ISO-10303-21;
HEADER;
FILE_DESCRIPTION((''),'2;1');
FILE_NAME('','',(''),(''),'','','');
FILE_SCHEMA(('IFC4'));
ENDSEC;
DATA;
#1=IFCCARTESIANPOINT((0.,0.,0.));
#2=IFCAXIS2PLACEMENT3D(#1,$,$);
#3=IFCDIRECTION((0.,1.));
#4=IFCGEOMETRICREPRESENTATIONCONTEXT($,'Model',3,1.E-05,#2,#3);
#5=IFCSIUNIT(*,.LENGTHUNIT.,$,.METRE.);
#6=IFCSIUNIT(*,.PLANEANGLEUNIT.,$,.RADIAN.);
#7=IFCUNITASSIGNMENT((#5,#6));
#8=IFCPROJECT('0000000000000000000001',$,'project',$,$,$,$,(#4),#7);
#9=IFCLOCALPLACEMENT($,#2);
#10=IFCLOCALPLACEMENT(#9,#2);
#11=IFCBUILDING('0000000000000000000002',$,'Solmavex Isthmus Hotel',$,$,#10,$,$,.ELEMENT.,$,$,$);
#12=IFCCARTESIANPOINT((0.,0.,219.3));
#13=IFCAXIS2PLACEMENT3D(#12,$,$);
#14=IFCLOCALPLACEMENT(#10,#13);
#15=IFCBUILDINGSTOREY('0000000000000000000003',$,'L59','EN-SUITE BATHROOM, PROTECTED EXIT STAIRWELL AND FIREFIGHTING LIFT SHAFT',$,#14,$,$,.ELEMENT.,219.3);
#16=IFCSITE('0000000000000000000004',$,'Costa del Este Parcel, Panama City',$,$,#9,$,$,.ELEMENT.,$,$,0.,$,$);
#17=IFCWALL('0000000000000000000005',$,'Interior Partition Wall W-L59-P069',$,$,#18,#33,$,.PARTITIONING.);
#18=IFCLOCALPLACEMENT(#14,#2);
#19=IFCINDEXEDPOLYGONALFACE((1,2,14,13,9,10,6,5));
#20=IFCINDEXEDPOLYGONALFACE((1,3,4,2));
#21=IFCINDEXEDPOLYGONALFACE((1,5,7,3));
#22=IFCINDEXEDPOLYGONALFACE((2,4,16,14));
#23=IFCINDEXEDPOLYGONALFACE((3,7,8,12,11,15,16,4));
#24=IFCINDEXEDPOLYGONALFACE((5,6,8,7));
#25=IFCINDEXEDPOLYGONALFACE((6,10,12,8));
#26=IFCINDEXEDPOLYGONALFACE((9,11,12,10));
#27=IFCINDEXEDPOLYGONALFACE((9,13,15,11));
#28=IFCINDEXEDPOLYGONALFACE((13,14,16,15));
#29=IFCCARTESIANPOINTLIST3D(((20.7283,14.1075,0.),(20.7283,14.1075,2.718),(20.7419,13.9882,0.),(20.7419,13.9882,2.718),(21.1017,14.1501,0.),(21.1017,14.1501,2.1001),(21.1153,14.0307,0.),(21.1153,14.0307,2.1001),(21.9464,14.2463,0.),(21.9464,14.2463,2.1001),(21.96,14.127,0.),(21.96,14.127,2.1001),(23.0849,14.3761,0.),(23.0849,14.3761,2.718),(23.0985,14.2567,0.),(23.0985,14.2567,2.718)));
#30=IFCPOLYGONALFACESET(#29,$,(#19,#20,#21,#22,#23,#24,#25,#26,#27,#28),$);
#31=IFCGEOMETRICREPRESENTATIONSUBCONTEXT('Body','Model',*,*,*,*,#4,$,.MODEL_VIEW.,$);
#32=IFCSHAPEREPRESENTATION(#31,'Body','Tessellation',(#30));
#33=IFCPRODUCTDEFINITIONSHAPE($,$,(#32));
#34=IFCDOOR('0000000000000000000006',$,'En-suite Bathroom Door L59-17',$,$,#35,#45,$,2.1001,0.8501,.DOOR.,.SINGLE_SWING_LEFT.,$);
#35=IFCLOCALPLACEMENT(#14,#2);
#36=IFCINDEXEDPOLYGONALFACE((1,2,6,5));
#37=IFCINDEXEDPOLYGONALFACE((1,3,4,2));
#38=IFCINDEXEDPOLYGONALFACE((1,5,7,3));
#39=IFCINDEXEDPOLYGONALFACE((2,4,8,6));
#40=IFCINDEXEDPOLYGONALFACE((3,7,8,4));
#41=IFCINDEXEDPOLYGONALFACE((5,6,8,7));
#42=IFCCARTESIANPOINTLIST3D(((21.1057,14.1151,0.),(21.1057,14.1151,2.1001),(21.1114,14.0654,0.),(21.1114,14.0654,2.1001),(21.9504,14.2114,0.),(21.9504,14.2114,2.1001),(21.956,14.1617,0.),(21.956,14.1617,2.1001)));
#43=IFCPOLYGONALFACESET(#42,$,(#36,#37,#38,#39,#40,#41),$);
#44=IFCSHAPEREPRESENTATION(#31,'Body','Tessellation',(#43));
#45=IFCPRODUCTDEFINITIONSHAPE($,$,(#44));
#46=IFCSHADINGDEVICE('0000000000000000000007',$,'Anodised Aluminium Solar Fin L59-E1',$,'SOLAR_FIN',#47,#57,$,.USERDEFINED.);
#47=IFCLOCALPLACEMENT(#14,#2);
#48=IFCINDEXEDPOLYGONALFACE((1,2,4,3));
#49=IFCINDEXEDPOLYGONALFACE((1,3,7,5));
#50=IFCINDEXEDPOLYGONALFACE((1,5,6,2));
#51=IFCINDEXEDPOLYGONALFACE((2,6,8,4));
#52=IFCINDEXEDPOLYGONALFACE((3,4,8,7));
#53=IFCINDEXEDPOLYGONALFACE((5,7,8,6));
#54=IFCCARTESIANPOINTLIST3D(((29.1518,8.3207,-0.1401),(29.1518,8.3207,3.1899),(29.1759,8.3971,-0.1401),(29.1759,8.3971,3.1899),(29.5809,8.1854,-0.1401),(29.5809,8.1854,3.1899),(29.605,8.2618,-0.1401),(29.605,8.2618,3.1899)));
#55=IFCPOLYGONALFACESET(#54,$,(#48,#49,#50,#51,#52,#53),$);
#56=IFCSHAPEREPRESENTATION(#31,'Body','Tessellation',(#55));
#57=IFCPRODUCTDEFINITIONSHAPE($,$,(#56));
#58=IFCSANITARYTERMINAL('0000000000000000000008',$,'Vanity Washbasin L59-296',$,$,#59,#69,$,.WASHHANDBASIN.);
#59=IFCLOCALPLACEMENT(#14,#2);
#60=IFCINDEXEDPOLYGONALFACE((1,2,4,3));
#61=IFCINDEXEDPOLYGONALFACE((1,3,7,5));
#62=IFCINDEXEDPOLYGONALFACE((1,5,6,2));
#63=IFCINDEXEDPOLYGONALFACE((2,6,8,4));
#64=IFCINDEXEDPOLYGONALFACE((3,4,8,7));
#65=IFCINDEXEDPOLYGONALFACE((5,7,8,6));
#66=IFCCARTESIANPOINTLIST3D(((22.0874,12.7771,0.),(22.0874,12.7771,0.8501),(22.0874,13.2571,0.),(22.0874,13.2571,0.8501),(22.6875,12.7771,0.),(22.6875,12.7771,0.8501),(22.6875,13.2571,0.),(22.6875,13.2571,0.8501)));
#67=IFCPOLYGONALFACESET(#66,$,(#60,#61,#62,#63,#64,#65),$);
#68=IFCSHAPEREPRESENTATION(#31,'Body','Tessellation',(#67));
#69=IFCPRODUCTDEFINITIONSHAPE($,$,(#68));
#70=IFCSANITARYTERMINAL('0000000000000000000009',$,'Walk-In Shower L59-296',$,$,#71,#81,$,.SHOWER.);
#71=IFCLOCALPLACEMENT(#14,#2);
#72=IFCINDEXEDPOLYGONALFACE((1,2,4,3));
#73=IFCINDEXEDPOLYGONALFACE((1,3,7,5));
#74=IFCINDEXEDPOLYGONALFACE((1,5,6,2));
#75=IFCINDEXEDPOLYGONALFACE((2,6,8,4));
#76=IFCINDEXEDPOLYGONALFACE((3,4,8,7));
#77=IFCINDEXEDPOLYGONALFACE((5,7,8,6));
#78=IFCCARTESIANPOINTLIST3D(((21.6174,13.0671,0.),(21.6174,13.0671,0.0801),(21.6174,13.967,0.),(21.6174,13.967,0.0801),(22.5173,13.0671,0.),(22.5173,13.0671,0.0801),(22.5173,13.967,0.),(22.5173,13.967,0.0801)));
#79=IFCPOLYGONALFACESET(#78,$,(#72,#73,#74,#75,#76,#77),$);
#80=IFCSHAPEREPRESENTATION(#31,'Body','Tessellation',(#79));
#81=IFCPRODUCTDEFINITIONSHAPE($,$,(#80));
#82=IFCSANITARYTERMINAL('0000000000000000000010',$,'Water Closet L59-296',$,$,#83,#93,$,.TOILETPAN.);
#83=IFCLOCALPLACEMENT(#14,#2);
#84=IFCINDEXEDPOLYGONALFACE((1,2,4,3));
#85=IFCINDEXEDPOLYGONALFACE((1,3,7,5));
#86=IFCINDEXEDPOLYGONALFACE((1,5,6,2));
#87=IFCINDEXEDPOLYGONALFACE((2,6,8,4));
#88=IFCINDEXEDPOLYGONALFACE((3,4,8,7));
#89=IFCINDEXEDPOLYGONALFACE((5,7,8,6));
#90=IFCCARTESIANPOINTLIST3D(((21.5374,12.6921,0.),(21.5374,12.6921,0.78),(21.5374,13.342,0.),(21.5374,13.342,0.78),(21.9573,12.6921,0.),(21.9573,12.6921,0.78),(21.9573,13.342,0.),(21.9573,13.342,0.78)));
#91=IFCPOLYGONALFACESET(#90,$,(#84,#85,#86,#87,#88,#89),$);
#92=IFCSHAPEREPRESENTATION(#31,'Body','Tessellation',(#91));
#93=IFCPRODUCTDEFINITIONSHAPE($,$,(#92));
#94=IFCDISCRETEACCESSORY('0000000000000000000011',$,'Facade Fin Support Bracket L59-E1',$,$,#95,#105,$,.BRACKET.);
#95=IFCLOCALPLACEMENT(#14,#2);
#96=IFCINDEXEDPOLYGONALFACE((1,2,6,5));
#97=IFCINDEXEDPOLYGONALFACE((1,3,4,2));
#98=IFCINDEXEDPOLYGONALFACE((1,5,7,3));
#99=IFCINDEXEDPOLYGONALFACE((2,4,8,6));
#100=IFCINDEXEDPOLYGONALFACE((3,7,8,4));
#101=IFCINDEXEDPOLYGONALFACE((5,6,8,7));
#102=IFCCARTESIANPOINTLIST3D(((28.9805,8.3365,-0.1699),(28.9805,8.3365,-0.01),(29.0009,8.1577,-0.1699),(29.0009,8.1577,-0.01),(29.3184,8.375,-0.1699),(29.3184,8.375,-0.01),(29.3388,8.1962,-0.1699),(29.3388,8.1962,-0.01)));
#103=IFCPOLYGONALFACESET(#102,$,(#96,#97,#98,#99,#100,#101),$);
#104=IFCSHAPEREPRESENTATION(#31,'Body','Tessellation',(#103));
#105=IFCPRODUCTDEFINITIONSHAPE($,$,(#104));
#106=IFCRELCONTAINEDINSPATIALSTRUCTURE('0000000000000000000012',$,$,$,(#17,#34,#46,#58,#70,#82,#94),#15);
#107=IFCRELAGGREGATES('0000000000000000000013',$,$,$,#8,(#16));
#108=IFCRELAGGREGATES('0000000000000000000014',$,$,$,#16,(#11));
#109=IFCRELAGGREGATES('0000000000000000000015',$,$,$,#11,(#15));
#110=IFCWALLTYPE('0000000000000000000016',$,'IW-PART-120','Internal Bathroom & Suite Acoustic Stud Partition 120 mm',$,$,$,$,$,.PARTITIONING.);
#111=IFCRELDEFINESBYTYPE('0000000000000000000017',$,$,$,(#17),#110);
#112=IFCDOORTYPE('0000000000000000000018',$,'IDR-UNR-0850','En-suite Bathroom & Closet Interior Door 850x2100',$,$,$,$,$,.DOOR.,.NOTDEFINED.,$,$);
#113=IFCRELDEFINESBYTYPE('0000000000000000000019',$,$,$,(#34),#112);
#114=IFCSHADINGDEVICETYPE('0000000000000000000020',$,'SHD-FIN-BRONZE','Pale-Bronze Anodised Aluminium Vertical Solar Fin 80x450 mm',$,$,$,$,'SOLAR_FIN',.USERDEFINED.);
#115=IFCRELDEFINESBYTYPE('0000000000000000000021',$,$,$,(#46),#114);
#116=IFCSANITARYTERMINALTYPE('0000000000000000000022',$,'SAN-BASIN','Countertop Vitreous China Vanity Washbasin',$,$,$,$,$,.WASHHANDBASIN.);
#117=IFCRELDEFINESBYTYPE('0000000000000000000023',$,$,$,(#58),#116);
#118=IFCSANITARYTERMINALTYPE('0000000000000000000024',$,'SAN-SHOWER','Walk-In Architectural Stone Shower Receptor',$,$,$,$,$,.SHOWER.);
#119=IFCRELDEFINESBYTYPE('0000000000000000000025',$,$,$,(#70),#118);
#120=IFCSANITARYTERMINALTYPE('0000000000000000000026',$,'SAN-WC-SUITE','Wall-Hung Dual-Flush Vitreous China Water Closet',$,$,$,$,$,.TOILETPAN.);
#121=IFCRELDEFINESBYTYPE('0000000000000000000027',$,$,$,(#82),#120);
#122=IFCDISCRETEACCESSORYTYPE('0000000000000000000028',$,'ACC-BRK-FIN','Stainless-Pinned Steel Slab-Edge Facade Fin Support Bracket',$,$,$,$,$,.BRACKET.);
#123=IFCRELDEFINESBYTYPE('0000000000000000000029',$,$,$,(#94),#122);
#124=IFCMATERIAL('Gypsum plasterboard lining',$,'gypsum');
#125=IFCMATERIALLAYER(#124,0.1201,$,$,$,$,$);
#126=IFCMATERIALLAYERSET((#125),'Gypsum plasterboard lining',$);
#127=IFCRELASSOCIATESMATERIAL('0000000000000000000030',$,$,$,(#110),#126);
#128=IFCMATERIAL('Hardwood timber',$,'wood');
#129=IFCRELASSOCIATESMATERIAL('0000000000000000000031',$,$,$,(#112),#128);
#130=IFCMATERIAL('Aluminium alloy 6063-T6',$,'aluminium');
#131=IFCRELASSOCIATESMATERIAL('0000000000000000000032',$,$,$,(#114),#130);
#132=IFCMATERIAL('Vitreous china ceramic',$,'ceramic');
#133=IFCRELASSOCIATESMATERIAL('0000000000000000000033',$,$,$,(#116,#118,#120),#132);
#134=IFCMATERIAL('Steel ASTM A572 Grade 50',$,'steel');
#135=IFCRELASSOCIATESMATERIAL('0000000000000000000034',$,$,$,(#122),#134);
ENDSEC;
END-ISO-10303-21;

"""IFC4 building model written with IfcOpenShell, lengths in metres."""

from ifc_helpers import new_model, si_unit, direction, frame, frame_2d, origin, origin_2d, place, context, subcontext, project, spatial, rectangle, extrude, material, layer, layer_set, type_object, element, fill, save


model = new_model("IFC4")

# Units and contexts
model_context = context("Model", 3, precision=1e-05, world=origin(), true_north=direction((0.0, 1.0)))
body_context = subcontext(model_context, "Body", "Model", "MODEL_VIEW")
ifc_project = project(units=[si_unit("LENGTHUNIT", "METRE"), si_unit("PLANEANGLEUNIT", "RADIAN")], contexts=[model_context])

# Site, building, storey
site_placement = place(None, origin())
site = spatial("IfcSite", under=ifc_project, at=site_placement, Name="Costa del Este Parcel, Panama City", CompositionType="ELEMENT", RefElevation=0.0)
building_placement = place(site_placement, origin())
building = spatial("IfcBuilding", under=site, at=building_placement, Name="Solmavex Isthmus Hotel", CompositionType="ELEMENT")
storey_placement = place(building_placement, frame((0.0, 0.0, 219.3)))
storey = spatial("IfcBuildingStorey", under=building, at=storey_placement, Name="L59", Description="EN-SUITE BATHROOM, PROTECTED EXIT STAIRWELL AND FIREFIGHTING LIFT SHAFT", CompositionType="ELEMENT", Elevation=219.3)

# Shared definitions
ifc_material_1 = material(Name="Aluminium alloy 6063-T6", Category="aluminium")

# Shared definitions
ifc_material_2 = material(Name="Gypsum plasterboard lining", Category="gypsum")

# Shared definitions
ifc_material_3 = material(Name="Hardwood timber", Category="wood")

# Shared definitions
ifc_layer_1 = layer(ifc_material_2, 0.1201)
ifc_layer_set_1 = layer_set([ifc_layer_1], Name="Gypsum plasterboard lining")
wall_type_1 = type_object("IfcWallType", Name="IW-PART-120", Description="Internal Bathroom & Suite Acoustic Stud Partition 120 mm", PredefinedType="PARTITIONING", material=ifc_layer_set_1)

# Wall, opening, door
wall_1_placement = place(storey_placement, frame((23.0918, 14.3164, 0.0), z_axis=(0.0, 0.0, 1.0), x_axis=(-0.99357, -0.113221, 0.0)))
wall_1 = element("IfcWall", 1, at=wall_1_placement, inside=storey, type_object=wall_type_1, Name="Interior Partition Wall W-L59-P069", PredefinedType="PARTITIONING", context=body_context, shape_type="SweptSolid", body=[
    extrude(rectangle(XDim=2.3718, YDim=0.1201, at=frame_2d((1.186, 0.0))), origin(), (0.0, 0.0, 1.0), 2.718),
])
opening_1_placement = place(wall_1_placement, frame((1.146, 0.0, 0.0)))
opening_1 = element("IfcOpeningElement", 2, at=opening_1_placement, cuts=wall_1, PredefinedType="OPENING", context=body_context, shape_type="SweptSolid", body=[
    extrude(rectangle(XDim=0.8501, YDim=2.1001, at=frame_2d((0.425, 1.05))), frame((0.0, 0.0701, 0.0), z_axis=(0.0, -1.0, 0.0), x_axis=(1.0, 0.0, 0.0)), (0.0, 0.0, 1.0), 0.1401),
])
door_type_1 = type_object("IfcDoorType", Name="IDR-UNR-0850", Description="En-suite Bathroom & Closet Interior Door 850x2100", OperationType="NOTDEFINED", PredefinedType="DOOR", material=ifc_material_3)
door_1_placement = place(opening_1_placement, frame((0.8501, 0.0, 0.0), z_axis=(0.0, 0.0, 1.0), x_axis=(-1.0, 0.0, 0.0)))
door_1 = element("IfcDoor", 3, at=door_1_placement, inside=storey, type_object=door_type_1, Name="En-suite Bathroom Door L59-17", OperationType="SINGLE_SWING_LEFT", OverallHeight=2.1001, OverallWidth=0.8501, PredefinedType="DOOR", context=body_context, shape_type="SweptSolid", body=[
    extrude(rectangle(XDim=0.8501, YDim=2.1001, at=frame_2d((0.425, 1.05))), frame((0.0, 0.0249, 0.0), z_axis=(0.0, -1.0, 0.0), x_axis=(1.0, 0.0, 0.0)), (0.0, 0.0, 1.0), 0.05),
])
fill(opening_1, door_1)

# Shading device
shading_device_type = type_object("IfcShadingDeviceType", Name="SHD-FIN-BRONZE", Description="Pale-Bronze Anodised Aluminium Vertical Solar Fin 80x450 mm", ElementType="SOLAR_FIN", PredefinedType="USERDEFINED", material=ifc_material_1)
shading_device_placement = place(storey_placement, frame((29.3784, 8.2913, -0.1401), z_axis=(0.0, 0.0, 1.0), x_axis=(0.953717, -0.300706, 0.0)))
element("IfcShadingDevice", 4, at=shading_device_placement, inside=storey, type_object=shading_device_type, Name="Anodised Aluminium Solar Fin L59-E1", ObjectType="SOLAR_FIN", PredefinedType="USERDEFINED", context=body_context, shape_type="SweptSolid", body=[
    extrude(rectangle(XDim=0.45, YDim=0.0801, at=origin_2d()), origin(), (0.0, 0.0, 1.0), 3.3301),
])

# Sanitary terminals
ifc_material_4 = material(Name="Vitreous china ceramic", Category="ceramic")
sanitary_terminal_type_1 = type_object("IfcSanitaryTerminalType", Name="SAN-BASIN", Description="Countertop Vitreous China Vanity Washbasin", PredefinedType="WASHHANDBASIN", material=ifc_material_4)
sanitary_terminal_1_placement = place(storey_placement, frame((22.3875, 13.0171, 0.0), z_axis=(0.0, 0.0, 1.0), x_axis=(1.0, 0.0, 0.0)))
element("IfcSanitaryTerminal", 5, at=sanitary_terminal_1_placement, inside=storey, type_object=sanitary_terminal_type_1, Name="Vanity Washbasin L59-296", PredefinedType="WASHHANDBASIN", context=body_context, shape_type="SweptSolid", body=[
    extrude(rectangle(XDim=0.6001, YDim=0.48, at=origin_2d()), origin(), (0.0, 0.0, 1.0), 0.8501),
])
sanitary_terminal_type_2 = type_object("IfcSanitaryTerminalType", Name="SAN-SHOWER", Description="Walk-In Architectural Stone Shower Receptor", PredefinedType="SHOWER", material=ifc_material_4)
sanitary_terminal_2_placement = place(storey_placement, frame((22.0674, 13.5171, 0.0), z_axis=(0.0, 0.0, 1.0), x_axis=(1.0, 0.0, 0.0)))
element("IfcSanitaryTerminal", 6, at=sanitary_terminal_2_placement, inside=storey, type_object=sanitary_terminal_type_2, Name="Walk-In Shower L59-296", PredefinedType="SHOWER", context=body_context, shape_type="SweptSolid", body=[
    extrude(rectangle(XDim=0.8999, YDim=0.8999, at=origin_2d()), origin(), (0.0, 0.0, 1.0), 0.0801),
])
sanitary_terminal_type_3 = type_object("IfcSanitaryTerminalType", Name="SAN-WC-SUITE", Description="Wall-Hung Dual-Flush Vitreous China Water Closet", PredefinedType="TOILETPAN", material=ifc_material_4)
sanitary_terminal_3_placement = place(storey_placement, frame((21.7473, 13.0171, 0.0), z_axis=(0.0, 0.0, 1.0), x_axis=(1.0, 0.0, 0.0)))
element("IfcSanitaryTerminal", 7, at=sanitary_terminal_3_placement, inside=storey, type_object=sanitary_terminal_type_3, Name="Water Closet L59-296", PredefinedType="TOILETPAN", context=body_context, shape_type="SweptSolid", body=[
    extrude(rectangle(XDim=0.4199, YDim=0.6499, at=origin_2d()), origin(), (0.0, 0.0, 1.0), 0.78),
])

# Discrete accessory
ifc_material_5 = material(Name="Steel ASTM A572 Grade 50", Category="steel")
discrete_accessory_type = type_object("IfcDiscreteAccessoryType", Name="ACC-BRK-FIN", Description="Stainless-Pinned Steel Slab-Edge Facade Fin Support Bracket", PredefinedType="BRACKET", material=ifc_material_5)
discrete_accessory_placement = place(storey_placement, frame((29.1597, 8.2664, -0.1699), z_axis=(0.0, 0.0, 1.0), x_axis=(0.993572, 0.113203, 0.0)))
element("IfcDiscreteAccessory", 8, at=discrete_accessory_placement, inside=storey, type_object=discrete_accessory_type, Name="Facade Fin Support Bracket L59-E1", PredefinedType="BRACKET", context=body_context, shape_type="SweptSolid", body=[
    extrude(rectangle(XDim=0.3401, YDim=0.1799, at=origin_2d()), origin(), (0.0, 0.0, 1.0), 0.1599),
])

save(model, "model.ifc")
